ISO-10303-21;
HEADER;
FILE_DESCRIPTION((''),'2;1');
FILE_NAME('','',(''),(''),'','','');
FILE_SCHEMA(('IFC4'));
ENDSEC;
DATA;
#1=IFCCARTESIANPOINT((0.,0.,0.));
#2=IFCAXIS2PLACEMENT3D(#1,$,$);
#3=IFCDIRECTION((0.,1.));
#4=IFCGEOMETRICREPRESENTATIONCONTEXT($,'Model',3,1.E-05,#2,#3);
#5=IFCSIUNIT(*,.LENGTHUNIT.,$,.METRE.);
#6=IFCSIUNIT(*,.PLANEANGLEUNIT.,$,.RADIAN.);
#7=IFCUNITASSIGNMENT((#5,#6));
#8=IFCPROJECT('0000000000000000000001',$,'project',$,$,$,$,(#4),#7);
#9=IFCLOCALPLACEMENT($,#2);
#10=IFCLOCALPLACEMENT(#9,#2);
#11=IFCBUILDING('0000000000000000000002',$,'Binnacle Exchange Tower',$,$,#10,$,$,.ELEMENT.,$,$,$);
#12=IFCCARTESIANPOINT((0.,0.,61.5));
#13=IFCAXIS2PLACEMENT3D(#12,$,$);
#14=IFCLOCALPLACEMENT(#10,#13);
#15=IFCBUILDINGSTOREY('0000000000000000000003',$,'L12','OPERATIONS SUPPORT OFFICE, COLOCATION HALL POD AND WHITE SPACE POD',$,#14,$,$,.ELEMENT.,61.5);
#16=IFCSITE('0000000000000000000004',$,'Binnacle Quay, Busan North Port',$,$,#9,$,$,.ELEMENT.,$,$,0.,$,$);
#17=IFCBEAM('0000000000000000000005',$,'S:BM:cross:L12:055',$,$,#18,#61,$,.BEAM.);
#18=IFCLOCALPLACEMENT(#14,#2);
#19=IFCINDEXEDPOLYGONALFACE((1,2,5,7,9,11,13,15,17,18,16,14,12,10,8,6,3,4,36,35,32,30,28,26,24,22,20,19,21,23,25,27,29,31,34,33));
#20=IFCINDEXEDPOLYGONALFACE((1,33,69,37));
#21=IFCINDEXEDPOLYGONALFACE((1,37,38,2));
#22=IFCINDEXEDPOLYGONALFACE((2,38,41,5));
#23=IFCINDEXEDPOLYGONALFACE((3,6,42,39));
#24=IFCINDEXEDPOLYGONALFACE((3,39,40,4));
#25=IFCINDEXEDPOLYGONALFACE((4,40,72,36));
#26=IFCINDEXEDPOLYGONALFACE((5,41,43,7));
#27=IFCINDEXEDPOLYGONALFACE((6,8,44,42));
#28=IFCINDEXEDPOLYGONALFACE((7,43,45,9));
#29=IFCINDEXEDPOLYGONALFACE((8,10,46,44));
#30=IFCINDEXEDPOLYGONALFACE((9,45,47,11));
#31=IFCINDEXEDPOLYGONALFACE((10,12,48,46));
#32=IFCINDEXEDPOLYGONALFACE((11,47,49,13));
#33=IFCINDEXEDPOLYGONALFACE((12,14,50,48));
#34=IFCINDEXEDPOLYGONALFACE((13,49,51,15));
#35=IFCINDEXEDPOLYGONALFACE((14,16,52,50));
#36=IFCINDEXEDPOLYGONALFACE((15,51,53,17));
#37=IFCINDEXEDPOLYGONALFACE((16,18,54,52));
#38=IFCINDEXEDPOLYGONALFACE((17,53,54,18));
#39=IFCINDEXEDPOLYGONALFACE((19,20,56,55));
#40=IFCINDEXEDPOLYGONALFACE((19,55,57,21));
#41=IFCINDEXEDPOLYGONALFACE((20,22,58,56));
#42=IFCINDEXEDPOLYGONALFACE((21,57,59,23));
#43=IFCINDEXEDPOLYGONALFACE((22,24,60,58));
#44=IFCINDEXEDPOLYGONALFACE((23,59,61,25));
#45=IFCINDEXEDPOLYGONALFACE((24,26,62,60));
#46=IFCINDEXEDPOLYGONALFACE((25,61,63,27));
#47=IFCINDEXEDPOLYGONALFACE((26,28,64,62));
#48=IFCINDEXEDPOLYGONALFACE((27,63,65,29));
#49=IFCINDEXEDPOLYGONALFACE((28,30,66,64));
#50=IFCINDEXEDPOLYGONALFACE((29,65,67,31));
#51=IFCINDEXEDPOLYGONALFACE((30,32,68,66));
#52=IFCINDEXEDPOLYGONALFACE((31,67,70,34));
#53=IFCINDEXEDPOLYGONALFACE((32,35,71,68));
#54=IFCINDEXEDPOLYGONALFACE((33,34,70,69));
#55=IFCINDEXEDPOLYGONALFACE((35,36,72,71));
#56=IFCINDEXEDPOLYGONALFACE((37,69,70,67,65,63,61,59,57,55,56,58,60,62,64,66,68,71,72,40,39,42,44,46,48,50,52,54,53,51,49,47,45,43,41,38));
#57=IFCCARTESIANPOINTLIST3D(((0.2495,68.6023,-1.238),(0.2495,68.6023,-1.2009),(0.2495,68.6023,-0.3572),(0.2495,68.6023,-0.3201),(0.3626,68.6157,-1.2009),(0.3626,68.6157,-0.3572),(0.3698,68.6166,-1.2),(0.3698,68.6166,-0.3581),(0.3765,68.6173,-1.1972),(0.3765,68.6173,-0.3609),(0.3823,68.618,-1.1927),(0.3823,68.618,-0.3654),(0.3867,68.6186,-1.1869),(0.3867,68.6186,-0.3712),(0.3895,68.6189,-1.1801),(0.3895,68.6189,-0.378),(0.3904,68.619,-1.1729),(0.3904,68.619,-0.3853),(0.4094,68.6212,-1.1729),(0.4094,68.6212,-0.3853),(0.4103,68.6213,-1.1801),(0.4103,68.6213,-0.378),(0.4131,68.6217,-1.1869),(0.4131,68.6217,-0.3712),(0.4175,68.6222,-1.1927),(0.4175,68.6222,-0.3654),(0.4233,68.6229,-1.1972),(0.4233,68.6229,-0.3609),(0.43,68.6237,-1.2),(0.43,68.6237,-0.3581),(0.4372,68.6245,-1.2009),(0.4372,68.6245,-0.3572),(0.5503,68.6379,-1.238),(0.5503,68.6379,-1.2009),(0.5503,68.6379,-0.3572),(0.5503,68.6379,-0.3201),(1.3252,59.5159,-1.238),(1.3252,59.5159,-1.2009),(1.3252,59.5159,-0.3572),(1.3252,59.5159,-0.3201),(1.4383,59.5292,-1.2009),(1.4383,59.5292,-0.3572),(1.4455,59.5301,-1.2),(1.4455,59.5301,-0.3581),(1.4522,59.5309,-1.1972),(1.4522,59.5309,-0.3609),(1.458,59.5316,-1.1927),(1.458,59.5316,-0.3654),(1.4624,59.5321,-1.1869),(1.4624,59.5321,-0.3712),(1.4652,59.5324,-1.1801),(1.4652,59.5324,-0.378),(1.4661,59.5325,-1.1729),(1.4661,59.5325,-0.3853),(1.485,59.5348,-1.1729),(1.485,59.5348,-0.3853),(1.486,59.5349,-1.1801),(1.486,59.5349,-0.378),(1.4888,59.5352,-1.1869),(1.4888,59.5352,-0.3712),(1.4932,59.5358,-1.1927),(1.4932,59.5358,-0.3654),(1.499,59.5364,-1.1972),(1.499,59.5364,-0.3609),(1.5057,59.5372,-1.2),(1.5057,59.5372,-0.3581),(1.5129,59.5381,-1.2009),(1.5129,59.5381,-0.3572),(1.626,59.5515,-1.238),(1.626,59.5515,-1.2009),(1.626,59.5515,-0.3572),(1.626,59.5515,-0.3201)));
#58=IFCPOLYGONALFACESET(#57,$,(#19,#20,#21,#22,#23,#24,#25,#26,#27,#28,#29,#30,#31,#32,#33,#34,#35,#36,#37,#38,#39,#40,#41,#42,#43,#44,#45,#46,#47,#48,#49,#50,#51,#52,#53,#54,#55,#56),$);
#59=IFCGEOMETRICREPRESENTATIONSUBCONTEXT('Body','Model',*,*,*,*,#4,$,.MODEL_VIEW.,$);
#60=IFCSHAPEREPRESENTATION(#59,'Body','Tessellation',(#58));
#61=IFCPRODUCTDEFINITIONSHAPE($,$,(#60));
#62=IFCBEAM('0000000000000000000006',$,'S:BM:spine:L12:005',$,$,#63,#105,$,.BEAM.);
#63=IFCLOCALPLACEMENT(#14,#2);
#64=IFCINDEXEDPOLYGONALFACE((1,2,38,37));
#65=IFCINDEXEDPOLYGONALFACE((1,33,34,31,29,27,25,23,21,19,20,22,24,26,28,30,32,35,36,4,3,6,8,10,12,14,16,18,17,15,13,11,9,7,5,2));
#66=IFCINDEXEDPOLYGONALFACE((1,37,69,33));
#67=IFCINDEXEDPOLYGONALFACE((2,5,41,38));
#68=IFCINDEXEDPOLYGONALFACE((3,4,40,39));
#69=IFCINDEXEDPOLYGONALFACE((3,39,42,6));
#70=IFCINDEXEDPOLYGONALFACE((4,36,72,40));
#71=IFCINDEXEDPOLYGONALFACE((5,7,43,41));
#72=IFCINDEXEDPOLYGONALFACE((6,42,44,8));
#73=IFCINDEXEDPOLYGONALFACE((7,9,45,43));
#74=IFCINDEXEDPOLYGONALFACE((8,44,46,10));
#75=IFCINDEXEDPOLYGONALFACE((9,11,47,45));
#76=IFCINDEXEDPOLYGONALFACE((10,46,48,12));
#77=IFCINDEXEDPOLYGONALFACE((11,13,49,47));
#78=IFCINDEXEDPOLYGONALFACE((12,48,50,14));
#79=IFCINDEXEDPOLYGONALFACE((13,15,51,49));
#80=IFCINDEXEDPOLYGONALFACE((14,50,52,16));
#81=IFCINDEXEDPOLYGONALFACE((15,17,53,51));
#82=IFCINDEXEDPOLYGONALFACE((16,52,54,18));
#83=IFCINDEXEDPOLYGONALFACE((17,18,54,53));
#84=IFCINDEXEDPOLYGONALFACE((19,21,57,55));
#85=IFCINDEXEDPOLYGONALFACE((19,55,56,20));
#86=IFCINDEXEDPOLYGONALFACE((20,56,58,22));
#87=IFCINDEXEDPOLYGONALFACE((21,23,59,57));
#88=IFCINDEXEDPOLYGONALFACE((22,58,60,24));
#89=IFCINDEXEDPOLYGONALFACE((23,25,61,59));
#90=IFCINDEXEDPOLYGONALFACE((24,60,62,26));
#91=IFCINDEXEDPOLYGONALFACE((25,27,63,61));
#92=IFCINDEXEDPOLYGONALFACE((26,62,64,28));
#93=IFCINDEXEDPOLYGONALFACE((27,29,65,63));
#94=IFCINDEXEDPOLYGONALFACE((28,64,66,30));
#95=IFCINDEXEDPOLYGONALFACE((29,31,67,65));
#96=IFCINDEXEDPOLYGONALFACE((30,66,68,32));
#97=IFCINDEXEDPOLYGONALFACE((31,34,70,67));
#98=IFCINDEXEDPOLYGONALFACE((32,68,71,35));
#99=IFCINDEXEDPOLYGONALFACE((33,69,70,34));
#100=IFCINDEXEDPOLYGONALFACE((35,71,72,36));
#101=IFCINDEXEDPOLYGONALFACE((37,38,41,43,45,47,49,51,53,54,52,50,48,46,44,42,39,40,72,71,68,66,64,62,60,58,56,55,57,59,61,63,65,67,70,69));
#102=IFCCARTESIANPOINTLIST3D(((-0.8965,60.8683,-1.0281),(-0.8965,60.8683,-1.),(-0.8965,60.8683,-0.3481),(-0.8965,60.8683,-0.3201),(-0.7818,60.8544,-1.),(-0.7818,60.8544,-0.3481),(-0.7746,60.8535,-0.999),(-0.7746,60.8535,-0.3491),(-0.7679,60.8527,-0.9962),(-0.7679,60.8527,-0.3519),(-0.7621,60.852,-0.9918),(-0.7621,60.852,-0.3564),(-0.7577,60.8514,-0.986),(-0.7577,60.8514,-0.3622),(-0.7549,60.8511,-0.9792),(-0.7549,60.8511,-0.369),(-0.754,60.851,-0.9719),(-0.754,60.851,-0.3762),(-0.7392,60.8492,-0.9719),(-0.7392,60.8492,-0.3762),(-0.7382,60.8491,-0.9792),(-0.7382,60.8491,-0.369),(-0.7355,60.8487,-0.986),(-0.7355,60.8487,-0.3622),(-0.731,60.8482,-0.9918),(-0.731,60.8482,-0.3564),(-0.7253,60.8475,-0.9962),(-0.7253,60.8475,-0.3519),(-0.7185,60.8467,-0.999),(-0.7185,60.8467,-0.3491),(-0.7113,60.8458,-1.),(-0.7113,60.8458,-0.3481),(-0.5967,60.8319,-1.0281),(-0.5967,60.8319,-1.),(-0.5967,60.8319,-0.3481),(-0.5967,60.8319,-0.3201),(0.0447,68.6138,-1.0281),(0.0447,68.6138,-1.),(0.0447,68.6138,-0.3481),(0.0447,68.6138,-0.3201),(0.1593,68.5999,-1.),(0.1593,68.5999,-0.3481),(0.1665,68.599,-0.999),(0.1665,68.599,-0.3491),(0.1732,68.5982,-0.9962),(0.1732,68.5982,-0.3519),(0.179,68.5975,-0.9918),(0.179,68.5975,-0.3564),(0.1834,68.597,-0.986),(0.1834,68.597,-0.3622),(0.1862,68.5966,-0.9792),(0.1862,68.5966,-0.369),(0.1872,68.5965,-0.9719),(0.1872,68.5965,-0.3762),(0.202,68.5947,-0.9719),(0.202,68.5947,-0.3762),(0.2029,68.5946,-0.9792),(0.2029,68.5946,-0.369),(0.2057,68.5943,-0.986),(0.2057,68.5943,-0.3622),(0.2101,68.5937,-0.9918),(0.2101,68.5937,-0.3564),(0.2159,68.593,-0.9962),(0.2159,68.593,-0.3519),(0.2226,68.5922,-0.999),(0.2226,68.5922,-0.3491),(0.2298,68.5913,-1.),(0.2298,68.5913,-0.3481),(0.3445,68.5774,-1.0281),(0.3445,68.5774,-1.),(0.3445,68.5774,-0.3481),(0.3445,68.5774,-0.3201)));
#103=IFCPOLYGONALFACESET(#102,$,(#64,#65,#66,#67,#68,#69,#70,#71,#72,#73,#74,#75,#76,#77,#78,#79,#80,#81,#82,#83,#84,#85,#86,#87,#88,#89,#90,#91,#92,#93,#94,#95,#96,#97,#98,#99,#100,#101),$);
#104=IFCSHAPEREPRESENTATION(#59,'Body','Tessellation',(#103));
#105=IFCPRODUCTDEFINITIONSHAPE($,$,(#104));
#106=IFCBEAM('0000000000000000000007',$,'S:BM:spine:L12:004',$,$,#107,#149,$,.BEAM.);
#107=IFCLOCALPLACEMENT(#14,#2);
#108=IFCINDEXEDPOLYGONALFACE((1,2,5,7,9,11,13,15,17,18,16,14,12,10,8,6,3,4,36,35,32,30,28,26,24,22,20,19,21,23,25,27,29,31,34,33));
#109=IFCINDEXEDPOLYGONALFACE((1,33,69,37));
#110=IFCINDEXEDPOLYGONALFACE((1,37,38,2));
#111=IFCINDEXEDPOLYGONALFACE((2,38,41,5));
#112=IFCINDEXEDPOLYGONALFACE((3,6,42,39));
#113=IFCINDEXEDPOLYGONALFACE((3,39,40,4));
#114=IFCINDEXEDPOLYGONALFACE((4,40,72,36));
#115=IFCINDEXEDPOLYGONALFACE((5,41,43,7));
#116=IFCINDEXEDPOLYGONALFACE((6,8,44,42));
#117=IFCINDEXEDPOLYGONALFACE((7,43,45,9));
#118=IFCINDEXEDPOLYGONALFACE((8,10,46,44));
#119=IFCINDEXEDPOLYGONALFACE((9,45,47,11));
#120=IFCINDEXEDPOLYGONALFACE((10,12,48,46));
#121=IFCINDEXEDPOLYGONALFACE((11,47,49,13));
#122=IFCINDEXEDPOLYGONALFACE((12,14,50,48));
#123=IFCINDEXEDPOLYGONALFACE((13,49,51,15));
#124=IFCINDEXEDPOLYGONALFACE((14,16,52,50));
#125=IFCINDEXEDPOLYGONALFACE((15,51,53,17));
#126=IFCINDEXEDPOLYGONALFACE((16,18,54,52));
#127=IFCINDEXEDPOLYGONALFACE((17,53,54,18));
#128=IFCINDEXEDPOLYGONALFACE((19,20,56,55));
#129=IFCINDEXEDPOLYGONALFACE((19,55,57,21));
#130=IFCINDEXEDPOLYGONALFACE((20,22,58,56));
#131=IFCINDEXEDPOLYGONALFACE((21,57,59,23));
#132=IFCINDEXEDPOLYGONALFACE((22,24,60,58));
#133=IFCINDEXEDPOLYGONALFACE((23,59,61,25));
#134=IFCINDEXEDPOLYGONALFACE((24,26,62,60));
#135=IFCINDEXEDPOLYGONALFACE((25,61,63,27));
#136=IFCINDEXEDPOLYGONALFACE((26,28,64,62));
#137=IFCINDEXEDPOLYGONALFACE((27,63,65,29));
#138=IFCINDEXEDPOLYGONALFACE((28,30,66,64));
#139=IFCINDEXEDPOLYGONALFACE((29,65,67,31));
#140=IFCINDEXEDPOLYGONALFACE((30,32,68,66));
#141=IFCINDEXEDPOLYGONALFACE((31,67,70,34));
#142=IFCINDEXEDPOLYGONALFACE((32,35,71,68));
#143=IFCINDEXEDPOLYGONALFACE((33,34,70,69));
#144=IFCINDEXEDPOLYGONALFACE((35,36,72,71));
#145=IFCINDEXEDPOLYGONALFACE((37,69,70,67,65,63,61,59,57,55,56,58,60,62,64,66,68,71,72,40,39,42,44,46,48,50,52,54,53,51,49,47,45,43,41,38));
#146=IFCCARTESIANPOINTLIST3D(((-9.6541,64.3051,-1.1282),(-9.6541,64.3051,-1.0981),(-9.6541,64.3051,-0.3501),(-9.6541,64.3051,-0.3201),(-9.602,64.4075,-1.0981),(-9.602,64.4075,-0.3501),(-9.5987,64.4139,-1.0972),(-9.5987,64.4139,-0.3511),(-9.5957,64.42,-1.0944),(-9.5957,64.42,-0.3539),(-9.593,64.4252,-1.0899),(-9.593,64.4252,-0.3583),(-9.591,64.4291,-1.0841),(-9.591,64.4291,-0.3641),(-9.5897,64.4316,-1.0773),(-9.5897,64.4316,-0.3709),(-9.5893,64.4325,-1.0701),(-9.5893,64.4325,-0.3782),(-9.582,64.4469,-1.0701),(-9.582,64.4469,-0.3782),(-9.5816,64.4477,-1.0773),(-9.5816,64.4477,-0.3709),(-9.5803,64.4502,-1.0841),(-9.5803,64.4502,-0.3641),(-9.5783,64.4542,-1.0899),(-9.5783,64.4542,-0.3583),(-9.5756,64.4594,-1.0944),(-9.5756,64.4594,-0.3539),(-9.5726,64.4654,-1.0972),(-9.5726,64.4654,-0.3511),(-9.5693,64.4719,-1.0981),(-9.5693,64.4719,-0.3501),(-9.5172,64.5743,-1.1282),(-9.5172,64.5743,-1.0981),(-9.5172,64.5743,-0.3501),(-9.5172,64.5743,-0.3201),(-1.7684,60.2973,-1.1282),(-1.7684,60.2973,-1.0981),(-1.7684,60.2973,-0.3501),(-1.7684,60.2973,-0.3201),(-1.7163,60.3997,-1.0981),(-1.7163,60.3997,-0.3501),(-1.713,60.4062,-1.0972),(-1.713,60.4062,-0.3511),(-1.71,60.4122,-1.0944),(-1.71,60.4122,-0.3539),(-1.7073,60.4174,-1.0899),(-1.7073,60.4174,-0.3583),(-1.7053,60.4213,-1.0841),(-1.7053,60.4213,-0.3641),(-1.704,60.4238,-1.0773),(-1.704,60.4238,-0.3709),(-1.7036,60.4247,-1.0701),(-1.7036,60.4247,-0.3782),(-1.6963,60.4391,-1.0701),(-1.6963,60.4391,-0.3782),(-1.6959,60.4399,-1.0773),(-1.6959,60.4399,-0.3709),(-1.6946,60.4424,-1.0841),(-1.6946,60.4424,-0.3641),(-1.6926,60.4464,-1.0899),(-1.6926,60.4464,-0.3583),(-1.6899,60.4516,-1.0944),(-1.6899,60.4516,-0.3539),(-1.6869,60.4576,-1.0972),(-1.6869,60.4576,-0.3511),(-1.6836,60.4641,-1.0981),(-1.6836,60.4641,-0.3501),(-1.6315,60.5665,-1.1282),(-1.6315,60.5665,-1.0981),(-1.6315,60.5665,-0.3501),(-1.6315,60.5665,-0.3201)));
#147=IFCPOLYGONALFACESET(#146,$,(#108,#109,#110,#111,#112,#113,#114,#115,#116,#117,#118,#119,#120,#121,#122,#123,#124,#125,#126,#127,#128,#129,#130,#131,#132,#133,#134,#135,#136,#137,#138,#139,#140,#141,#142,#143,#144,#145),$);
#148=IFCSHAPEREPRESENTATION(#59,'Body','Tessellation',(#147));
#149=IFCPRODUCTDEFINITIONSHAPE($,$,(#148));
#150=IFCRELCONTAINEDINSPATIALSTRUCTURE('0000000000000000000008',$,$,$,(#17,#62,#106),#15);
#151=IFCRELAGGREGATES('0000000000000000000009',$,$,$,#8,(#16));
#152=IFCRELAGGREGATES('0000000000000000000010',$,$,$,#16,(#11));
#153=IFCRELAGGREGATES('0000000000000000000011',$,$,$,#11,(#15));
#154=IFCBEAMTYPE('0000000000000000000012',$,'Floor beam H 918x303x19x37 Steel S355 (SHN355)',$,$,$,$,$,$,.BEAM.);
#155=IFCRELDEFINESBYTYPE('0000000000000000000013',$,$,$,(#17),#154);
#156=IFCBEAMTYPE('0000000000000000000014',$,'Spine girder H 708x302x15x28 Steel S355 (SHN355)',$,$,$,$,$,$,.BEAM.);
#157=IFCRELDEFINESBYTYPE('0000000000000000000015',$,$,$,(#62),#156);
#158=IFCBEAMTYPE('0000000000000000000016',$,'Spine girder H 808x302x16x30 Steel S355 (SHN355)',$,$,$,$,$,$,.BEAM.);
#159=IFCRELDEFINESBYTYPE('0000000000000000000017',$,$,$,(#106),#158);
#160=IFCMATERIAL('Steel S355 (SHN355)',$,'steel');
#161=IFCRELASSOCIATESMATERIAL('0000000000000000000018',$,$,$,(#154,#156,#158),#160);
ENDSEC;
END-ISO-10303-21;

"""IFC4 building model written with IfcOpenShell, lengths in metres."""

from ifc_helpers import new_model, si_unit, direction, frame, origin, origin_2d, place, context, subcontext, project, spatial, i_section, extrude, material, material_profile, profile_set, type_object, element, save


model = new_model("IFC4")

# Units and contexts
model_context = context("Model", 3, precision=1e-05, world=origin(), true_north=direction((0.0, 1.0)))
body_context = subcontext(model_context, "Body", "Model", "MODEL_VIEW")
ifc_project = project(units=[si_unit("LENGTHUNIT", "METRE"), si_unit("PLANEANGLEUNIT", "RADIAN")], contexts=[model_context])

# Site, building, storey
site_placement = place(None, origin())
site = spatial("IfcSite", under=ifc_project, at=site_placement, Name="Binnacle Quay, Busan North Port", CompositionType="ELEMENT", RefElevation=0.0)
building_placement = place(site_placement, origin())
building = spatial("IfcBuilding", under=site, at=building_placement, Name="Binnacle Exchange Tower", CompositionType="ELEMENT")
storey_placement = place(building_placement, frame((0.0, 0.0, 61.5)))
storey = spatial("IfcBuildingStorey", under=building, at=storey_placement, Name="L12", Description="OPERATIONS SUPPORT OFFICE, COLOCATION HALL POD AND WHITE SPACE POD", CompositionType="ELEMENT", Elevation=61.5)

# Beams
ifc_material_1 = material(Name="Steel S355 (SHN355)", Category="steel")
ifc_material_profile_1 = material_profile(ifc_material_1, i_section(OverallWidth=0.303, OverallDepth=0.918, WebThickness=0.019, FlangeThickness=0.0371, FilletRadius=0.0281, at=origin_2d()), Name="H 918x303x19x37")
ifc_profile_set_1 = profile_set([ifc_material_profile_1], Name="Steel S355 (SHN355)")
beam_type_1 = type_object("IfcBeamType", Name="Floor beam H 918x303x19x37 Steel S355 (SHN355)", PredefinedType="BEAM", material=ifc_profile_set_1)
beam_1_placement = place(storey_placement, frame((0.3999, 68.6201, -0.7791), z_axis=(0.117563, -0.993065, 0.0), x_axis=(0.993065, 0.117563, 0.0)))
element("IfcBeam", 1, at=beam_1_placement, inside=storey, type_object=beam_type_1, Name="S:BM:cross:L12:055", PredefinedType="BEAM", context=body_context, shape_type="SweptSolid", body=[
    extrude(i_section(OverallWidth=0.303, OverallDepth=0.918, WebThickness=0.019, FlangeThickness=0.0371, FilletRadius=0.0281, at=origin_2d()), origin(), (0.0, 0.0, 1.0), 9.1499),
])
ifc_material_profile_2 = material_profile(ifc_material_1, i_section(OverallWidth=0.302, OverallDepth=0.708, WebThickness=0.0149, FlangeThickness=0.0281, FilletRadius=0.0281, at=origin_2d()), Name="H 708x302x15x28")
ifc_profile_set_2 = profile_set([ifc_material_profile_2], Name="Steel S355 (SHN355)")
beam_type_2 = type_object("IfcBeamType", Name="Spine girder H 708x302x15x28 Steel S355 (SHN355)", PredefinedType="BEAM", material=ifc_profile_set_2)
beam_2_placement = place(storey_placement, frame((-0.7466, 60.8501, -0.6741), z_axis=(0.120622, 0.992699, 0.0), x_axis=(-0.992699, 0.120622, 0.0)))
element("IfcBeam", 2, at=beam_2_placement, inside=storey, type_object=beam_type_2, Name="S:BM:spine:L12:005", PredefinedType="BEAM", context=body_context, shape_type="SweptSolid", body=[
    extrude(i_section(OverallWidth=0.302, OverallDepth=0.708, WebThickness=0.0149, FlangeThickness=0.0281, FilletRadius=0.0281, at=origin_2d()), origin(), (0.0, 0.0, 1.0), 7.8025),
])
ifc_material_profile_3 = material_profile(ifc_material_1, i_section(OverallWidth=0.302, OverallDepth=0.8081, WebThickness=0.0161, FlangeThickness=0.03, FilletRadius=0.0281, at=origin_2d()), Name="H 808x302x16x30")
ifc_profile_set_3 = profile_set([ifc_material_profile_3], Name="Steel S355 (SHN355)")
beam_type_3 = type_object("IfcBeamType", Name="Spine girder H 808x302x16x30 Steel S355 (SHN355)", PredefinedType="BEAM", material=ifc_profile_set_3)
beam_3_placement = place(storey_placement, frame((-1.7, 60.4319, -0.7241), z_axis=(-0.891471, 0.453077, 0.0), x_axis=(-0.453077, -0.891471, 0.0)))
element("IfcBeam", 3, at=beam_3_placement, inside=storey, type_object=beam_type_3, Name="S:BM:spine:L12:004", PredefinedType="BEAM", context=body_context, shape_type="SweptSolid", body=[
    extrude(i_section(OverallWidth=0.302, OverallDepth=0.8081, WebThickness=0.0161, FlangeThickness=0.03, FilletRadius=0.0281, at=origin_2d()), origin(), (0.0, 0.0, 1.0), 8.8457),
])

save(model, "model.ifc")
